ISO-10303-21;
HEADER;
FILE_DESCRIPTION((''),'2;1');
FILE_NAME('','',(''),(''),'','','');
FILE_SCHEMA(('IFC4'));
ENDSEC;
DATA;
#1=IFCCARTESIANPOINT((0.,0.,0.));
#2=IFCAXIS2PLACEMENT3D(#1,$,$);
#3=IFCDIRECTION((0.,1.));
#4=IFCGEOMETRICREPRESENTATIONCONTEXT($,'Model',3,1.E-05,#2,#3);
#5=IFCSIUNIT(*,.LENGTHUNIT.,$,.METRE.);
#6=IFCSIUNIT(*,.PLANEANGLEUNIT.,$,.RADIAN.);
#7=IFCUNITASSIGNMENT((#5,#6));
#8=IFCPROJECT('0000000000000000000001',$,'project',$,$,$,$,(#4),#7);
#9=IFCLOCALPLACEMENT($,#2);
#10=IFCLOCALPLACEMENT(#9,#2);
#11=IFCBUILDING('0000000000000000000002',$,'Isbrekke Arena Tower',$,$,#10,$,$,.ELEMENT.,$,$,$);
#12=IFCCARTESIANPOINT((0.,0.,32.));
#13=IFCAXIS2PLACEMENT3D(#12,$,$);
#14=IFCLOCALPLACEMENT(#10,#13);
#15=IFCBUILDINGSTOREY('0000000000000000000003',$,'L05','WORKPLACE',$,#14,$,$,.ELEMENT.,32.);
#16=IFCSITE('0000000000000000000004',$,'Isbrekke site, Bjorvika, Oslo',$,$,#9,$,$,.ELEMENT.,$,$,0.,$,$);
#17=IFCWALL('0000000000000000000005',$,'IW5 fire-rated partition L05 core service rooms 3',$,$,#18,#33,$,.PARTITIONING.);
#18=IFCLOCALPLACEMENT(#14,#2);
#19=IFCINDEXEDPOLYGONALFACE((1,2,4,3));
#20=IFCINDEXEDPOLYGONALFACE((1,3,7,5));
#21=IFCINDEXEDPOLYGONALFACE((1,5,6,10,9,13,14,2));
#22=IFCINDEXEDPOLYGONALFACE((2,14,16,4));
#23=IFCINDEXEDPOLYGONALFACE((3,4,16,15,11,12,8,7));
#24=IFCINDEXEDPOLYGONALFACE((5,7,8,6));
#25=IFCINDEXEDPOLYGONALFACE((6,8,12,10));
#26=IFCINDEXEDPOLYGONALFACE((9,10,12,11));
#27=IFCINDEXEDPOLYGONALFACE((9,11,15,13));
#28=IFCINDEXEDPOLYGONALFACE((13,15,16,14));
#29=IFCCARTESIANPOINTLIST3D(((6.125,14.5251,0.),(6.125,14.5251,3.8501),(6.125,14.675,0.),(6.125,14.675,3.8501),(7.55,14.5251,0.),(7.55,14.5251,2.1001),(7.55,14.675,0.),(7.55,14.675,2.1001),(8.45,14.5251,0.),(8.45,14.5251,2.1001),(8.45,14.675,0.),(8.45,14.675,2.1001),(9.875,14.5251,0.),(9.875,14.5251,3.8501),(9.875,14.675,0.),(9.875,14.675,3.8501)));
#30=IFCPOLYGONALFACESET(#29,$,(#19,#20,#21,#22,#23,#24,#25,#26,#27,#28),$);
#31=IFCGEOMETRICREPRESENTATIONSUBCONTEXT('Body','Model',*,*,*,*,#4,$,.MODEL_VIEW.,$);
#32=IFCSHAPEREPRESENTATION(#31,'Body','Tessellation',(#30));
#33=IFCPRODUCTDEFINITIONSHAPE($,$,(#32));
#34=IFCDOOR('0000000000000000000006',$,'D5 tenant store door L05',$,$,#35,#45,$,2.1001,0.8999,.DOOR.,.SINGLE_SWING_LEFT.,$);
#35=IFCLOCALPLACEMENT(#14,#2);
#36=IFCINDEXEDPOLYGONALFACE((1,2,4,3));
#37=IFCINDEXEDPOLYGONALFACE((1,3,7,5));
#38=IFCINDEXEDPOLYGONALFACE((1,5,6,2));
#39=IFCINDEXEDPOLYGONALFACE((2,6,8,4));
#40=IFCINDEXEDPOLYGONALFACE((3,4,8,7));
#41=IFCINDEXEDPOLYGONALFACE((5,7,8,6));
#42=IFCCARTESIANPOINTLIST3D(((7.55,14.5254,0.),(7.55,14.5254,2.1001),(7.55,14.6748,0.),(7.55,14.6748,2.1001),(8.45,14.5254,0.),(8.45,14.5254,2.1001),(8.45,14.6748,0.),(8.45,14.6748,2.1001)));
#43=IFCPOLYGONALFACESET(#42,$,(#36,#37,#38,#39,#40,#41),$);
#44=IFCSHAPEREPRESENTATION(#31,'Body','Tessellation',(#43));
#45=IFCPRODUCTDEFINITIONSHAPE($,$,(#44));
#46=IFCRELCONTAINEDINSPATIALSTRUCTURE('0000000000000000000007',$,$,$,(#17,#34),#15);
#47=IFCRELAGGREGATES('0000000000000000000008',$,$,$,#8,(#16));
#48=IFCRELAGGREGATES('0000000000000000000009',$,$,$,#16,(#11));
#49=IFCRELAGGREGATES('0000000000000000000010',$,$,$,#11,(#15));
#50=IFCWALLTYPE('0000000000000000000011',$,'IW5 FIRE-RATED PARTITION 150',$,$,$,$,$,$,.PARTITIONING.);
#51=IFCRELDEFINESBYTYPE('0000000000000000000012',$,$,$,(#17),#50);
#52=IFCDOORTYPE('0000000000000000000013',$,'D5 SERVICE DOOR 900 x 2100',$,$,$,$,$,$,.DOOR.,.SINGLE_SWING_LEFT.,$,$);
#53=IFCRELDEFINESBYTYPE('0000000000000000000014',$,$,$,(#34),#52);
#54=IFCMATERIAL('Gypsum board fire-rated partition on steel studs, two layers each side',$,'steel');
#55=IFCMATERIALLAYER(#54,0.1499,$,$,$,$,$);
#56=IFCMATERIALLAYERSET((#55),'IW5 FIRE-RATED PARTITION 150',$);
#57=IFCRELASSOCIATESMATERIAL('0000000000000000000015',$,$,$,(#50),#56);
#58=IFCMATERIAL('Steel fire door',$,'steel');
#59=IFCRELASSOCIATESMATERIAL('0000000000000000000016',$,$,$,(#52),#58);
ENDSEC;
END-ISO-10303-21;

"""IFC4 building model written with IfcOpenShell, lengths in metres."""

from ifc_helpers import new_model, si_unit, direction, frame, frame_2d, origin, place, context, subcontext, project, spatial, rectangle, extrude, material, layer, layer_set, type_object, element, fill, save


model = new_model("IFC4")

# Units and contexts
model_context = context("Model", 3, precision=1e-05, world=origin(), true_north=direction((0.0, 1.0)))
body_context = subcontext(model_context, "Body", "Model", "MODEL_VIEW")
ifc_project = project(units=[si_unit("LENGTHUNIT", "METRE"), si_unit("PLANEANGLEUNIT", "RADIAN")], contexts=[model_context])

# Site, building, storey
site_placement = place(None, origin())
site = spatial("IfcSite", under=ifc_project, at=site_placement, Name="Isbrekke site, Bjorvika, Oslo", CompositionType="ELEMENT", RefElevation=0.0)
building_placement = place(site_placement, origin())
building = spatial("IfcBuilding", under=site, at=building_placement, Name="Isbrekke Arena Tower", CompositionType="ELEMENT")
storey_placement = place(building_placement, frame((0.0, 0.0, 32.0)))
storey = spatial("IfcBuildingStorey", under=building, at=storey_placement, Name="L05", Description="WORKPLACE", CompositionType="ELEMENT", Elevation=32.0)

# Shared definitions
ifc_material_1 = material(Name="Gypsum board fire-rated partition on steel studs, two layers each side", Category="steel")
ifc_layer_1 = layer(ifc_material_1, 0.1499)
ifc_layer_set_1 = layer_set([ifc_layer_1], Name="IW5 FIRE-RATED PARTITION 150")
wall_type_1 = type_object("IfcWallType", Name="IW5 FIRE-RATED PARTITION 150", PredefinedType="PARTITIONING", material=ifc_layer_set_1)
ifc_material_2 = material(Name="Steel fire door", Category="steel")
door_type = type_object("IfcDoorType", Name="D5 SERVICE DOOR 900 x 2100", OperationType="SINGLE_SWING_LEFT", PredefinedType="DOOR", material=ifc_material_2)

# Wall, opening, door
wall_1_placement = place(storey_placement, frame((6.125, 14.6001, 0.0), z_axis=(0.0, 0.0, 1.0), x_axis=(1.0, 0.0, 0.0)))
wall_1 = element("IfcWall", 1, at=wall_1_placement, inside=storey, type_object=wall_type_1, Name="IW5 fire-rated partition L05 core service rooms 3", PredefinedType="PARTITIONING", context=body_context, shape_type="SweptSolid", body=[
    extrude(rectangle(XDim=3.75, YDim=0.1499, at=frame_2d((1.875, 0.0))), origin(), (0.0, 0.0, 1.0), 3.8501),
])
opening_1_placement = place(wall_1_placement, frame((1.425, 0.0, 0.0)))
opening_1 = element("IfcOpeningElement", 2, at=opening_1_placement, cuts=wall_1, PredefinedType="OPENING", context=body_context, shape_type="SweptSolid", body=[
    extrude(rectangle(XDim=0.8999, YDim=2.1001, at=frame_2d((0.45, 1.05))), frame((0.0, 0.0898, 0.0), z_axis=(0.0, -1.0, 0.0), x_axis=(1.0, 0.0, 0.0)), (0.0, 0.0, 1.0), 0.1797),
])
door_1_placement = place(opening_1_placement, origin())
door_1 = element("IfcDoor", 3, at=door_1_placement, inside=storey, type_object=door_type, Name="D5 tenant store door L05", OperationType="SINGLE_SWING_LEFT", OverallHeight=2.1001, OverallWidth=0.8999, PredefinedType="DOOR", context=body_context, shape_type="SweptSolid", body=[
    extrude(rectangle(XDim=0.8999, YDim=2.1001, at=frame_2d((0.45, 1.05))), frame((0.0, 0.0747, 0.0), z_axis=(0.0, -1.0, 0.0), x_axis=(1.0, 0.0, 0.0)), (0.0, 0.0, 1.0), 0.1494),
])
fill(opening_1, door_1)

save(model, "model.ifc")
